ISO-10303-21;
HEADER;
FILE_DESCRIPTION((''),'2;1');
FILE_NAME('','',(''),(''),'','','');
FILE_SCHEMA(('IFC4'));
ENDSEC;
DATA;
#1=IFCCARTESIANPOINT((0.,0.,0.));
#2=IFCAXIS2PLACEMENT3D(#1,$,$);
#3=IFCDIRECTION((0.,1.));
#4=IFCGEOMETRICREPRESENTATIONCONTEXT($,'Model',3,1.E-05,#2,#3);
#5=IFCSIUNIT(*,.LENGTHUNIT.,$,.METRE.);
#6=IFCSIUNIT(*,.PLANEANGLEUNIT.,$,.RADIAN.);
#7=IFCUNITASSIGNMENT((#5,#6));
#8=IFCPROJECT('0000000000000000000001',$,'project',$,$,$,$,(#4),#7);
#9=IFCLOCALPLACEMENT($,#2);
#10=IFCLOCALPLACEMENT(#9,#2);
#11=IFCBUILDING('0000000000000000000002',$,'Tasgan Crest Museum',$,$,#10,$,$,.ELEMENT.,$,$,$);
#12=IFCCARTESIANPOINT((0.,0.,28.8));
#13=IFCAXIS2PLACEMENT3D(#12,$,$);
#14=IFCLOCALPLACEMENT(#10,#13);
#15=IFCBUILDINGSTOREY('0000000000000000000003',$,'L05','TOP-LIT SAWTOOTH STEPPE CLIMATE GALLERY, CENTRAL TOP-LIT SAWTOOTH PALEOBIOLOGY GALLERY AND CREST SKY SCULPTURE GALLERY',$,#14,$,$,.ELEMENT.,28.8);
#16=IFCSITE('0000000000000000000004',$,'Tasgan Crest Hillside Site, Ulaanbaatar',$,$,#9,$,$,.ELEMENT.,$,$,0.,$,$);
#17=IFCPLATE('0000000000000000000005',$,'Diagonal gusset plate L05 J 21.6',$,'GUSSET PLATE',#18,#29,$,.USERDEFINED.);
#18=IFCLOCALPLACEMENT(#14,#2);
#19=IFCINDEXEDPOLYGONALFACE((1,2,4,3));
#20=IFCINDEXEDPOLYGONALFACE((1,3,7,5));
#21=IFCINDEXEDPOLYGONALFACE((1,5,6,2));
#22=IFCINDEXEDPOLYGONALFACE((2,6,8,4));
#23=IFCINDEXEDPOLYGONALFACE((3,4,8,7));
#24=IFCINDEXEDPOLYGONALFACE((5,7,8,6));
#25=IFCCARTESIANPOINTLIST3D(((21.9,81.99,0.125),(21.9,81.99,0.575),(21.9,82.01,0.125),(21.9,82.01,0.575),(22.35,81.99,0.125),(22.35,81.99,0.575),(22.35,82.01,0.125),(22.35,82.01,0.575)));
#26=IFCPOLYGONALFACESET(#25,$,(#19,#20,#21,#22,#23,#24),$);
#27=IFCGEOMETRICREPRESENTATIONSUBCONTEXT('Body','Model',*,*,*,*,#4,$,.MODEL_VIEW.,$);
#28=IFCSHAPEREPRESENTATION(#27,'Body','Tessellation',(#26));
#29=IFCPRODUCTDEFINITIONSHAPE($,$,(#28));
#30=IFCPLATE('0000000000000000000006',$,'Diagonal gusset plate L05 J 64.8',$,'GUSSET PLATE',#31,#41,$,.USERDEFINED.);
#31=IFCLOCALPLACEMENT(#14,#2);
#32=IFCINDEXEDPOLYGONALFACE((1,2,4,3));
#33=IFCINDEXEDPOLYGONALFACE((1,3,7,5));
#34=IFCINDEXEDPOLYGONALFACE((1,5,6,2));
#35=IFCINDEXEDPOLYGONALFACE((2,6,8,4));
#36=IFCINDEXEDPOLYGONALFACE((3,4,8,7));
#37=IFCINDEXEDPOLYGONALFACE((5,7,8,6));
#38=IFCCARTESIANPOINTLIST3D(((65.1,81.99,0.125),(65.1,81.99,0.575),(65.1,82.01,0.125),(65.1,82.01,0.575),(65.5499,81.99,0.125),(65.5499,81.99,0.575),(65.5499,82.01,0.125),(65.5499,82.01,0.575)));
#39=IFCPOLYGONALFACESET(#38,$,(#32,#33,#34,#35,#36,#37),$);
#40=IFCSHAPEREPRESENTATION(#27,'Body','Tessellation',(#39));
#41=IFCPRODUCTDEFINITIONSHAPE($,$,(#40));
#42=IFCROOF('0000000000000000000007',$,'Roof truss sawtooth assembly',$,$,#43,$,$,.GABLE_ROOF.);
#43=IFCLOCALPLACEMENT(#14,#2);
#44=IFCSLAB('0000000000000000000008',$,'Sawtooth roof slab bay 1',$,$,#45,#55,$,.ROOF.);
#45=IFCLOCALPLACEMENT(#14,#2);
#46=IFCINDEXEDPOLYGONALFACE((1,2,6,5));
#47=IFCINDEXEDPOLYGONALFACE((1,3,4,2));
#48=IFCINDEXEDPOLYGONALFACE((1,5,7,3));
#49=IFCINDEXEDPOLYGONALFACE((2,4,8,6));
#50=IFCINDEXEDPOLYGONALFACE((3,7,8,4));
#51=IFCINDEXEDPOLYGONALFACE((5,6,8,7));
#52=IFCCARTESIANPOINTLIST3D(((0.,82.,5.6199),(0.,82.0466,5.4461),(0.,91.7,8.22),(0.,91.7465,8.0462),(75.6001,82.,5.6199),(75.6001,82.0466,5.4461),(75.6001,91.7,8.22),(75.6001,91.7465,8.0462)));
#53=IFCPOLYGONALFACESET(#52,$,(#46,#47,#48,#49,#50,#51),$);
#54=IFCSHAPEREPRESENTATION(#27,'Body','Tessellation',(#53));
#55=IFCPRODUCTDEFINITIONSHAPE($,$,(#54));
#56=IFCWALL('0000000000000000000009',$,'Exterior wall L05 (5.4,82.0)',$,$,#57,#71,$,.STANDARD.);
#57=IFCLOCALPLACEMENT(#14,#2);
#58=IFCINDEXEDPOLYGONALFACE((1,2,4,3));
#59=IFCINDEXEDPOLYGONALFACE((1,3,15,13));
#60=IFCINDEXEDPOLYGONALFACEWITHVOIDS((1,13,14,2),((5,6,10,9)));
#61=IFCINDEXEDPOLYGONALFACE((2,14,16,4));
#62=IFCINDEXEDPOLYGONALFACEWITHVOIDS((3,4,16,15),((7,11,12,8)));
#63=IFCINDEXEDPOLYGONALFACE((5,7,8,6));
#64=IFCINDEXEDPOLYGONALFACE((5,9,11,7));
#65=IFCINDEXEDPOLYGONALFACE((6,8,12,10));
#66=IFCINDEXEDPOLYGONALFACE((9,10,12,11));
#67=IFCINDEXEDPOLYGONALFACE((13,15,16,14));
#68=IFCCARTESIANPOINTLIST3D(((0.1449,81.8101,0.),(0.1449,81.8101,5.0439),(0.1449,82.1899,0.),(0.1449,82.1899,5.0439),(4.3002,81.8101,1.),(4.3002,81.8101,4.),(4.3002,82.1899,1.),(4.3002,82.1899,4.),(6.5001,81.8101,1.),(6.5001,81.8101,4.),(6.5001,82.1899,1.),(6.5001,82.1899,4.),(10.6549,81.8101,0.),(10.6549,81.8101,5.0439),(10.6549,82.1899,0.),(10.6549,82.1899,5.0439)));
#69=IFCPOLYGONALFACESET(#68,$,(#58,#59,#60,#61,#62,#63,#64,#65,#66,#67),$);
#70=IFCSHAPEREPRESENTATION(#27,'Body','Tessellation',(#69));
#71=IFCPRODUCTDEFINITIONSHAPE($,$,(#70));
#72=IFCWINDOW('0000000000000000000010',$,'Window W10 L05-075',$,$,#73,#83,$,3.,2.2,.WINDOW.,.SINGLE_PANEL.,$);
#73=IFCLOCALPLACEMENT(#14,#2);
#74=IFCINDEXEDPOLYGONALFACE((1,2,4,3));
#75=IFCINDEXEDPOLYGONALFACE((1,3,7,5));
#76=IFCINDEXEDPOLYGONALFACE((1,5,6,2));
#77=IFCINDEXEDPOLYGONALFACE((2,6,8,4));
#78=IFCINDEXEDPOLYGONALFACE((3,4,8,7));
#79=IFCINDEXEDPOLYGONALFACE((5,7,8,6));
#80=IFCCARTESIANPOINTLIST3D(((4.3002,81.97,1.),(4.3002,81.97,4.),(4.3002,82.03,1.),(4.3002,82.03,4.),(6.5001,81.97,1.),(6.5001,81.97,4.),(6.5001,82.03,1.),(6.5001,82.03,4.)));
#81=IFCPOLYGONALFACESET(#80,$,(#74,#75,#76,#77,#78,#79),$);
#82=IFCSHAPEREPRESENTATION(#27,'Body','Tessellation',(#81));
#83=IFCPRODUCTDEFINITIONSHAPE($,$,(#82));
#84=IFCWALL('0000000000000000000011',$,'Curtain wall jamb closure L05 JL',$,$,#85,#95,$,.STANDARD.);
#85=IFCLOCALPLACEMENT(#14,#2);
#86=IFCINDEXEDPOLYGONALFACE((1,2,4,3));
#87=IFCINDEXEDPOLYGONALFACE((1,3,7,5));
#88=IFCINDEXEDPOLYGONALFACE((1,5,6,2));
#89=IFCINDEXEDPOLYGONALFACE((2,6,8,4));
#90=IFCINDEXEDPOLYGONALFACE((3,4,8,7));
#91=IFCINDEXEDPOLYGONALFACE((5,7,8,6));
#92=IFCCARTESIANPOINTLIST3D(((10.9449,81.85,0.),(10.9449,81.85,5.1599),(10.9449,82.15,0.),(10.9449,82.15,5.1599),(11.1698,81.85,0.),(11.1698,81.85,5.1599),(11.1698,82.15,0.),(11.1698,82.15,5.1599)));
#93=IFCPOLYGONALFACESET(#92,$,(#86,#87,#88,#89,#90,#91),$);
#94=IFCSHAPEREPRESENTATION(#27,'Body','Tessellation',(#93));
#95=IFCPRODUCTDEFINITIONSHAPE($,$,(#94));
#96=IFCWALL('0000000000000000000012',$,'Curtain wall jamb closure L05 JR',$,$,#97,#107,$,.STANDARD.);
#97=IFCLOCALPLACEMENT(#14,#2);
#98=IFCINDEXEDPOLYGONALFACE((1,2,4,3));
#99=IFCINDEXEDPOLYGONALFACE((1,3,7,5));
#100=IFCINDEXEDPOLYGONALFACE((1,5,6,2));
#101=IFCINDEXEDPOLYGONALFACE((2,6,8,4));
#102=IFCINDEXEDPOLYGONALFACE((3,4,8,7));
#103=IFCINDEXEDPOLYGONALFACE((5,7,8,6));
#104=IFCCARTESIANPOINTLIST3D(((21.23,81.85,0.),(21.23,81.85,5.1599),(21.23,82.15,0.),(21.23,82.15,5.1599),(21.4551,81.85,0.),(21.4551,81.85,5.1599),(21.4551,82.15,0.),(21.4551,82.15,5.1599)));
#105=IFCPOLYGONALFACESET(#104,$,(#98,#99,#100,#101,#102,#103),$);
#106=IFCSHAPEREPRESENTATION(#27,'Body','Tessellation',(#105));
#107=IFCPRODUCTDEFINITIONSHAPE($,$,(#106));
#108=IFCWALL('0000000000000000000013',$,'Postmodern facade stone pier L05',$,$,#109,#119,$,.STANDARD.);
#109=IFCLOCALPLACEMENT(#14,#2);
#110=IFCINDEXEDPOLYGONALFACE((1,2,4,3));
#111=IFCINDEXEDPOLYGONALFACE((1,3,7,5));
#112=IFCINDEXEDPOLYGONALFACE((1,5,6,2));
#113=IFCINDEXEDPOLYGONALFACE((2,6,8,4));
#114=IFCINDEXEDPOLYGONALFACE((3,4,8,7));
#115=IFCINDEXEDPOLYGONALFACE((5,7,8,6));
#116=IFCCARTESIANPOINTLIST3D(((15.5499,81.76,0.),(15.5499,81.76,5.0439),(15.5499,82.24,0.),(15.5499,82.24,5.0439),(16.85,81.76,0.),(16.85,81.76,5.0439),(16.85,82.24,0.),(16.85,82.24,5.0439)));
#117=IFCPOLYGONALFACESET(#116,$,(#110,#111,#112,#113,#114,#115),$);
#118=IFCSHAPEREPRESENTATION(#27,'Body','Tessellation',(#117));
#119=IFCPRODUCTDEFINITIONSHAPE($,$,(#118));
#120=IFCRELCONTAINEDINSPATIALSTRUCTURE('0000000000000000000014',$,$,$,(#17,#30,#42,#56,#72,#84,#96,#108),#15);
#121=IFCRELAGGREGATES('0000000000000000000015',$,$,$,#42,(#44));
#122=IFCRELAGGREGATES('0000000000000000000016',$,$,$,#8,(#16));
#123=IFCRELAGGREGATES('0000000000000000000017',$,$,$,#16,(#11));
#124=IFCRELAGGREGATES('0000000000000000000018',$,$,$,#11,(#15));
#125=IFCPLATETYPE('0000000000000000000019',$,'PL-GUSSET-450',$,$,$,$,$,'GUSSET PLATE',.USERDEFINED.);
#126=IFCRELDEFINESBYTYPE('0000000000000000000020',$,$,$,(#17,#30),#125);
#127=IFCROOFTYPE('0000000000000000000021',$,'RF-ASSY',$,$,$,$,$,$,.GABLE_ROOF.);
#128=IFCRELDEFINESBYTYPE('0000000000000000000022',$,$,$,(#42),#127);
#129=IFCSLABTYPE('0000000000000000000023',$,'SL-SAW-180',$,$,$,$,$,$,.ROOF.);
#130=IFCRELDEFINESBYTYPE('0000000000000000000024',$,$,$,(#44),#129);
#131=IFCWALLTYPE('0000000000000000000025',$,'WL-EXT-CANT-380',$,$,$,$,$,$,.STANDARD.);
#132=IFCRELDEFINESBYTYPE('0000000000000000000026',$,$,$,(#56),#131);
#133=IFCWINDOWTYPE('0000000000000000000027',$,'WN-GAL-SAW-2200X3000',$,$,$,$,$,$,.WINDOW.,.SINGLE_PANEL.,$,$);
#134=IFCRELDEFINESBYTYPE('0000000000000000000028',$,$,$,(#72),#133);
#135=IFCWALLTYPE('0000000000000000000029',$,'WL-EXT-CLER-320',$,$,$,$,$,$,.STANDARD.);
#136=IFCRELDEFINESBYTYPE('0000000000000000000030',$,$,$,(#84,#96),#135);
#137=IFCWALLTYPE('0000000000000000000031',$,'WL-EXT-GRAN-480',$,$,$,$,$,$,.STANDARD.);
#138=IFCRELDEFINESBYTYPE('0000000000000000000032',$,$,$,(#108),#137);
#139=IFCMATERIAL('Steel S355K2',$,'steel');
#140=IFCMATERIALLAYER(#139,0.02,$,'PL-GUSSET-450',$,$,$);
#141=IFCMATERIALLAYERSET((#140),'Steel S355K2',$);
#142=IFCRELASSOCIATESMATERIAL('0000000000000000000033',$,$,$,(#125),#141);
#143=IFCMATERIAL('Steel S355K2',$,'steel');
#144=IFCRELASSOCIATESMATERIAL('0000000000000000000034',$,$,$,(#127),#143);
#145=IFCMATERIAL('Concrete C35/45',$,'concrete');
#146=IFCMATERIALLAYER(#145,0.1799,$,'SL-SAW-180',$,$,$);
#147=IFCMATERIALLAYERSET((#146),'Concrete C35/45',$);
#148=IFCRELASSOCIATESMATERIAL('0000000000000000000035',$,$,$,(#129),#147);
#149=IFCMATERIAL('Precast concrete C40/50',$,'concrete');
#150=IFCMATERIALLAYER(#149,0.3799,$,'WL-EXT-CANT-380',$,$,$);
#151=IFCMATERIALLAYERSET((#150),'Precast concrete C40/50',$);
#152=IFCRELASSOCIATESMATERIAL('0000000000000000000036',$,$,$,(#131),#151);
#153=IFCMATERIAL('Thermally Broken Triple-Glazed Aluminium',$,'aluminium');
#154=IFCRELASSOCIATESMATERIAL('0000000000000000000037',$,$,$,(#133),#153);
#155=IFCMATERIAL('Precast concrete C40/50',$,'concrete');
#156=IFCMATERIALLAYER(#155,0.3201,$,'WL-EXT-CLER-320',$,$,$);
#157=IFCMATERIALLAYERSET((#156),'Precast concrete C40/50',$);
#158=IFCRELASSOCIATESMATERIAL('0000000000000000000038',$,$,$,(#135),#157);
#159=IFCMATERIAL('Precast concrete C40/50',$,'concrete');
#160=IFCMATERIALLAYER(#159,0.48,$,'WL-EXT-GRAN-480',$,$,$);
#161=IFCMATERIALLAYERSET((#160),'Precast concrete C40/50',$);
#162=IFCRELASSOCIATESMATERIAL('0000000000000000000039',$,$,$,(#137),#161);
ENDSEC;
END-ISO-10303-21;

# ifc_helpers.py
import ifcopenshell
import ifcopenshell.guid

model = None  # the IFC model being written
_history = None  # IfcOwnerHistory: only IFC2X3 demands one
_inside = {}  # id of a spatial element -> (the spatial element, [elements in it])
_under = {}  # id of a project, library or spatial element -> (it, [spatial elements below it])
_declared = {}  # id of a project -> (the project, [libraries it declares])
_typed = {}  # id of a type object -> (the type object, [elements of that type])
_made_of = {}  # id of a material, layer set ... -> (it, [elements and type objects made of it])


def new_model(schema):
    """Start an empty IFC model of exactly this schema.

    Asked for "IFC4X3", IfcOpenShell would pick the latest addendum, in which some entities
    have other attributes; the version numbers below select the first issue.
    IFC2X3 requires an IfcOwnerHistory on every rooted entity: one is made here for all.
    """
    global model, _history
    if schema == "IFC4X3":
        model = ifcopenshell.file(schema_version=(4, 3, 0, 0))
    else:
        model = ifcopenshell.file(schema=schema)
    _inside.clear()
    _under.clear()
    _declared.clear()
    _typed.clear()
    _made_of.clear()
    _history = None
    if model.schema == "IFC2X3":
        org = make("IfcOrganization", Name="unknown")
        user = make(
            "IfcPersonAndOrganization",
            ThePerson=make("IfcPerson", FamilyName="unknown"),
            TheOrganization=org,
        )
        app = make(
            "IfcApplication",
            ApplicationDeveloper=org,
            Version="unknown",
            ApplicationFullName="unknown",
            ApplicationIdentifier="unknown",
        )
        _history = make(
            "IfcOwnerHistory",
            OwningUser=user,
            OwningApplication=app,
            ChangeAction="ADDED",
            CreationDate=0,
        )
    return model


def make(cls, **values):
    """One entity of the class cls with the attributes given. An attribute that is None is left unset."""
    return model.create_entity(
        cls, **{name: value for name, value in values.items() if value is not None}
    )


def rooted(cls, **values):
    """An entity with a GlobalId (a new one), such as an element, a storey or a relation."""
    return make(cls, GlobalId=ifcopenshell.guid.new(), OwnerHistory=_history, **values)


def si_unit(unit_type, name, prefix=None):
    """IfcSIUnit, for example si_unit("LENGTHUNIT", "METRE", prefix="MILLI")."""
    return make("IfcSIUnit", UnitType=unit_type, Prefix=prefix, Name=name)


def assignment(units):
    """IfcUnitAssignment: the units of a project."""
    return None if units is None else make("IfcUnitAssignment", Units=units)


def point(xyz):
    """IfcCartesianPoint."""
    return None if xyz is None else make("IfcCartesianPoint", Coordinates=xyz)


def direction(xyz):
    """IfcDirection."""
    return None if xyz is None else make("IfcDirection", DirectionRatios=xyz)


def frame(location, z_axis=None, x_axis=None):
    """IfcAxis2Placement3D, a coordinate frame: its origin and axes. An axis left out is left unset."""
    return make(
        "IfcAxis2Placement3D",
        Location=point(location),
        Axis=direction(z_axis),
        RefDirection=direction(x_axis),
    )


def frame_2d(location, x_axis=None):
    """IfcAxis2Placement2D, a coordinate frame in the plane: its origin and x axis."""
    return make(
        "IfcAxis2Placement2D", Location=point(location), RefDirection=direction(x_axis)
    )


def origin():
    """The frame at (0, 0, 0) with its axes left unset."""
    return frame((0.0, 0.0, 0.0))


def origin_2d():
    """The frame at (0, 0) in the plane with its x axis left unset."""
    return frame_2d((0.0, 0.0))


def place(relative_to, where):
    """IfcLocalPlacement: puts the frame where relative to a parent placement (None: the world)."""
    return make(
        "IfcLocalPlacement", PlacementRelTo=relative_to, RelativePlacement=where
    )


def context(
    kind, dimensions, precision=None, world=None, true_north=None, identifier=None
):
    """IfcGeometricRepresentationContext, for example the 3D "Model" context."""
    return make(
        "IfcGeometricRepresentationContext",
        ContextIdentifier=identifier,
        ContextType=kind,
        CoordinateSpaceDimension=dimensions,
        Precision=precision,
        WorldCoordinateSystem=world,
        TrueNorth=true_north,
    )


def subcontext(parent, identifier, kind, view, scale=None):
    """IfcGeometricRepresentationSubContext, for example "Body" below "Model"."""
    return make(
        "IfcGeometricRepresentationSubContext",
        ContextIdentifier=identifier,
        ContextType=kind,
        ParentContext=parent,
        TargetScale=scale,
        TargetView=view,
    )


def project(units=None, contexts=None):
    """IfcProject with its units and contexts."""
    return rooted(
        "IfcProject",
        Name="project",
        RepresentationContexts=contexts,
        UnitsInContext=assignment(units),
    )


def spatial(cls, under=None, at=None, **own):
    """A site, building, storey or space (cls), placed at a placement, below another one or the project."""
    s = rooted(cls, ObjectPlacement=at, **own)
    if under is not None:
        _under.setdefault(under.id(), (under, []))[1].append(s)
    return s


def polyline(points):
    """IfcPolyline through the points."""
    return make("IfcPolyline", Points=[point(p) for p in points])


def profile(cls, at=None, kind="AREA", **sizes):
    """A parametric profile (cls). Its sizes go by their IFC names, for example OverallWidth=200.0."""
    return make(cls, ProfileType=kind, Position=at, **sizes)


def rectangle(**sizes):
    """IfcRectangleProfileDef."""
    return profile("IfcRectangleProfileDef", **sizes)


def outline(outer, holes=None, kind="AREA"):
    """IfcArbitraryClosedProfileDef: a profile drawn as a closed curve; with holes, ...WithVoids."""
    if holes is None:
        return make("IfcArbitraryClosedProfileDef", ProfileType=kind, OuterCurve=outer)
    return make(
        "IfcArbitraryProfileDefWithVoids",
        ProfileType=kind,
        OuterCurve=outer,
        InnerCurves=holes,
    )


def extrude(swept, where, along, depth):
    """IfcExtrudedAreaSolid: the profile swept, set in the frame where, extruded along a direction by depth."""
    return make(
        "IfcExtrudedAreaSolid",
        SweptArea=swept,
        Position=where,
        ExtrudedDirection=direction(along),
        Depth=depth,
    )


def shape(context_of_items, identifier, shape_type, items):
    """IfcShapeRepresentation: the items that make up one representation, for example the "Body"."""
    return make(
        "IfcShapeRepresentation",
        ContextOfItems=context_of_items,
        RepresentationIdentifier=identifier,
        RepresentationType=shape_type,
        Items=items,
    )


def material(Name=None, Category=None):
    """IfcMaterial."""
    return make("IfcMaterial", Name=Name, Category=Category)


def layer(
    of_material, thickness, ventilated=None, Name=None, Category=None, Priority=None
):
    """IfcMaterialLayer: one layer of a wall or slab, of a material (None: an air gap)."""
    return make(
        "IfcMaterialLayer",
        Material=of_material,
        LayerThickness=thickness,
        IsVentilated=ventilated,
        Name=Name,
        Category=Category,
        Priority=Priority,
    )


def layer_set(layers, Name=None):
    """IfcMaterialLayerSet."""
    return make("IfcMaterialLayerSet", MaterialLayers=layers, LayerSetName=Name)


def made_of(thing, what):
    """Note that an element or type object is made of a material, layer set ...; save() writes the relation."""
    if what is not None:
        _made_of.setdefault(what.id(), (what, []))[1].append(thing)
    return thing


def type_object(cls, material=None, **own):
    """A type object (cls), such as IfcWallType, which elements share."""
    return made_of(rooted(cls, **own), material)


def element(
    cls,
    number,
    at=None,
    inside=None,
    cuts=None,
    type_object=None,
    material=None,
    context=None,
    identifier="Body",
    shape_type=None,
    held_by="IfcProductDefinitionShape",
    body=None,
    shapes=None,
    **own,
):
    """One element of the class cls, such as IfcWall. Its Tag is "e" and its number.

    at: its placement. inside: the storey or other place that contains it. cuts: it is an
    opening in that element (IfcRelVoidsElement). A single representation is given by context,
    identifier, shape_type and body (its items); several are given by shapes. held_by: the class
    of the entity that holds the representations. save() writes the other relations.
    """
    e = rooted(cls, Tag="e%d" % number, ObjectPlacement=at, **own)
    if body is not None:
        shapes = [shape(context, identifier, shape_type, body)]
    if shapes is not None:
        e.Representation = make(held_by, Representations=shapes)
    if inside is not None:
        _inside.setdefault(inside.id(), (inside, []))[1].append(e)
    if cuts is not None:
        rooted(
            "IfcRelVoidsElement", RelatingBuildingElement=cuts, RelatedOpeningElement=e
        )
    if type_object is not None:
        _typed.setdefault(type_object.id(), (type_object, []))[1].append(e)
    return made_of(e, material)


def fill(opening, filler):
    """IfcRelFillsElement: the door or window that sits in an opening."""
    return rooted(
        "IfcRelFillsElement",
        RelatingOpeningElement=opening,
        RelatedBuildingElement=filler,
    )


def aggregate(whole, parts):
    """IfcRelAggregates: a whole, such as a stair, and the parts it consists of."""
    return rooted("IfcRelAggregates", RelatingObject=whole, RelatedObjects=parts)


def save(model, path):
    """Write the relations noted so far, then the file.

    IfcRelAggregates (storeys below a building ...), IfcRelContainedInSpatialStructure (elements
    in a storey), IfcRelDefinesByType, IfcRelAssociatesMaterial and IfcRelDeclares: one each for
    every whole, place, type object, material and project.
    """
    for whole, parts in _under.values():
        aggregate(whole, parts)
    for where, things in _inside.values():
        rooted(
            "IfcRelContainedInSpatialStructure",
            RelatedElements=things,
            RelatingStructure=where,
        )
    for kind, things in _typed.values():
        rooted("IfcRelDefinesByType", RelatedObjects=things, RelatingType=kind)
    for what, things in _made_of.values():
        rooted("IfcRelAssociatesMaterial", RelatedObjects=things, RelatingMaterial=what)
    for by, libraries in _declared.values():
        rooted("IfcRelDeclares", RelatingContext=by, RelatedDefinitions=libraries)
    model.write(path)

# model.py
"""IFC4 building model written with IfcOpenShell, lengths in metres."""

from ifc_helpers import new_model, si_unit, direction, frame, frame_2d, origin, origin_2d, place, context, subcontext, project, spatial, polyline, rectangle, outline, extrude, material, layer, layer_set, type_object, element, fill, aggregate, save


model = new_model("IFC4")

# Units and contexts
model_context = context("Model", 3, precision=1e-05, world=origin(), true_north=direction((0.0, 1.0)))
body_context = subcontext(model_context, "Body", "Model", "MODEL_VIEW")
ifc_project = project(units=[si_unit("LENGTHUNIT", "METRE"), si_unit("PLANEANGLEUNIT", "RADIAN")], contexts=[model_context])

# Site, building, storey
site_placement = place(None, origin())
site = spatial("IfcSite", under=ifc_project, at=site_placement, Name="Tasgan Crest Hillside Site, Ulaanbaatar", CompositionType="ELEMENT", RefElevation=0.0)
building_placement = place(site_placement, origin())
building = spatial("IfcBuilding", under=site, at=building_placement, Name="Tasgan Crest Museum", CompositionType="ELEMENT")
storey_placement = place(building_placement, frame((0.0, 0.0, 28.8)))
storey = spatial("IfcBuildingStorey", under=building, at=storey_placement, Name="L05", Description="TOP-LIT SAWTOOTH STEPPE CLIMATE GALLERY, CENTRAL TOP-LIT SAWTOOTH PALEOBIOLOGY GALLERY AND CREST SKY SCULPTURE GALLERY", CompositionType="ELEMENT", Elevation=28.8)

# Plates
ifc_material_1 = material(Name="Steel S355K2", Category="steel")
ifc_layer_1 = layer(ifc_material_1, 0.02, Name="PL-GUSSET-450")
ifc_layer_set_1 = layer_set([ifc_layer_1], Name="Steel S355K2")
plate_type_1 = type_object("IfcPlateType", Name="PL-GUSSET-450", ElementType="GUSSET PLATE", PredefinedType="USERDEFINED", material=ifc_layer_set_1)
for number, where, z_axis, x_axis, name in (
    (1, (22.125, 82.0, 0.125), (0.0, 0.0, 1.0), (1.0, 0.0, 0.0), "Diagonal gusset plate L05 J 21.6"),
    (2, (65.325, 82.0, 0.125), (0.0, 0.0, 1.0), (1.0, 0.0, 0.0), "Diagonal gusset plate L05 J 64.8"),
):
    element("IfcPlate", number, at=place(storey_placement, frame(where, z_axis=z_axis, x_axis=x_axis)), inside=storey, type_object=plate_type_1, Name=name, ObjectType="GUSSET PLATE", PredefinedType="USERDEFINED", context=body_context, shape_type="SweptSolid", body=[
        extrude(rectangle(XDim=0.45, YDim=0.02, at=origin_2d()), origin(), (0.0, 0.0, 1.0), 0.45),
    ])

# Roof, slab
ifc_material_2 = material(Name="Steel S355K2", Category="steel")
roof_type = type_object("IfcRoofType", Name="RF-ASSY", PredefinedType="GABLE_ROOF", material=ifc_material_2)
roof_placement = place(storey_placement, origin())
roof = element("IfcRoof", 3, at=roof_placement, inside=storey, type_object=roof_type, Name="Roof truss sawtooth assembly", PredefinedType="GABLE_ROOF")
ifc_material_3 = material(Name="Concrete C35/45", Category="concrete")
ifc_layer_2 = layer(ifc_material_3, 0.1799, Name="SL-SAW-180")
ifc_layer_set_2 = layer_set([ifc_layer_2], Name="Concrete C35/45")
slab_type = type_object("IfcSlabType", Name="SL-SAW-180", PredefinedType="ROOF", material=ifc_layer_set_2)
slab_placement = place(storey_placement, frame((0.0, 82.0, 5.6199), z_axis=(0.0, -0.258912, 0.965901), x_axis=(1.0, 0.0, 0.0)))
slab = element("IfcSlab", 4, at=slab_placement, type_object=slab_type, Name="Sawtooth roof slab bay 1", PredefinedType="ROOF", context=body_context, shape_type="SweptSolid", body=[
    extrude(outline(polyline([(0.0, 0.0), (75.6001, 0.0), (75.6001, 10.0424), (0.0, 10.0424), (0.0, 0.0)])), origin(), (0.0, 0.0, -1.0), 0.1799),
])
aggregate(roof, [slab])

# Wall, opening, window
ifc_material_4 = material(Name="Precast concrete C40/50", Category="concrete")
ifc_layer_3 = layer(ifc_material_4, 0.3799, Name="WL-EXT-CANT-380")
ifc_layer_set_3 = layer_set([ifc_layer_3], Name="Precast concrete C40/50")
wall_type_1 = type_object("IfcWallType", Name="WL-EXT-CANT-380", PredefinedType="STANDARD", material=ifc_layer_set_3)
wall_1_placement = place(storey_placement, frame((0.145, 82.0, 0.0), z_axis=(0.0, 0.0, 1.0), x_axis=(1.0, 0.0, 0.0)))
wall_1 = element("IfcWall", 5, at=wall_1_placement, inside=storey, type_object=wall_type_1, Name="Exterior wall L05 (5.4,82.0)", PredefinedType="STANDARD", context=body_context, shape_type="SweptSolid", body=[
    extrude(rectangle(XDim=10.51, YDim=0.3799, at=frame_2d((5.2549, 0.0))), origin(), (0.0, 0.0, 1.0), 5.0439),
])
opening_placement = place(wall_1_placement, frame((4.155, 0.0, 1.0)))
opening = element("IfcOpeningElement", 6, at=opening_placement, cuts=wall_1, PredefinedType="OPENING", context=body_context, shape_type="SweptSolid", body=[
    extrude(rectangle(XDim=2.2, YDim=3.0, at=frame_2d((1.1001, 1.5))), frame((0.0, 0.2, 0.0), z_axis=(0.0, -1.0, 0.0), x_axis=(1.0, 0.0, 0.0)), (0.0, 0.0, 1.0), 0.3999),
])
ifc_material_5 = material(Name="Thermally Broken Triple-Glazed Aluminium", Category="aluminium")
window_type = type_object("IfcWindowType", Name="WN-GAL-SAW-2200X3000", PartitioningType="SINGLE_PANEL", PredefinedType="WINDOW", material=ifc_material_5)
window_placement = place(opening_placement, origin())
window = element("IfcWindow", 7, at=window_placement, inside=storey, type_object=window_type, Name="Window W10 L05-075", OverallHeight=3.0, OverallWidth=2.2, PartitioningType="SINGLE_PANEL", PredefinedType="WINDOW", context=body_context, shape_type="SweptSolid", body=[
    extrude(rectangle(XDim=2.2, YDim=3.0, at=frame_2d((1.1001, 1.5))), frame((0.0, 0.03, 0.0), z_axis=(0.0, -1.0, 0.0), x_axis=(1.0, 0.0, 0.0)), (0.0, 0.0, 1.0), 0.0601),
])
fill(opening, window)

# Walls
ifc_material_6 = material(Name="Precast concrete C40/50", Category="concrete")
ifc_layer_4 = layer(ifc_material_6, 0.3201, Name="WL-EXT-CLER-320")
ifc_layer_set_4 = layer_set([ifc_layer_4], Name="Precast concrete C40/50")
wall_type_2 = type_object("IfcWallType", Name="WL-EXT-CLER-320", PredefinedType="STANDARD", material=ifc_layer_set_4)
wall_2_placement = place(storey_placement, frame((10.9451, 82.0, 0.0), z_axis=(0.0, 0.0, 1.0), x_axis=(1.0, 0.0, 0.0)))
element("IfcWall", 8, at=wall_2_placement, inside=storey, type_object=wall_type_2, Name="Curtain wall jamb closure L05 JL", PredefinedType="STANDARD", context=body_context, shape_type="SweptSolid", body=[
    extrude(rectangle(XDim=0.2249, YDim=0.3, at=frame_2d((0.1123, 0.0))), origin(), (0.0, 0.0, 1.0), 5.1599),
])
wall_3_placement = place(storey_placement, frame((21.23, 82.0, 0.0), z_axis=(0.0, 0.0, 1.0), x_axis=(1.0, 0.0, 0.0)))
element("IfcWall", 9, at=wall_3_placement, inside=storey, type_object=wall_type_2, Name="Curtain wall jamb closure L05 JR", PredefinedType="STANDARD", context=body_context, shape_type="SweptSolid", body=[
    extrude(rectangle(XDim=0.2251, YDim=0.3, at=frame_2d((0.1125, 0.0))), origin(), (0.0, 0.0, 1.0), 5.1599),
])
ifc_material_7 = material(Name="Precast concrete C40/50", Category="concrete")
ifc_layer_5 = layer(ifc_material_7, 0.48, Name="WL-EXT-GRAN-480")
ifc_layer_set_5 = layer_set([ifc_layer_5], Name="Precast concrete C40/50")
wall_type_3 = type_object("IfcWallType", Name="WL-EXT-GRAN-480", PredefinedType="STANDARD", material=ifc_layer_set_5)
wall_4_placement = place(storey_placement, frame((15.55, 82.0, 0.0), z_axis=(0.0, 0.0, 1.0), x_axis=(1.0, 0.0, 0.0)))
element("IfcWall", 10, at=wall_4_placement, inside=storey, type_object=wall_type_3, Name="Postmodern facade stone pier L05", PredefinedType="STANDARD", context=body_context, shape_type="SweptSolid", body=[
    extrude(rectangle(XDim=1.3, YDim=0.48, at=frame_2d((0.6499, 0.0))), origin(), (0.0, 0.0, 1.0), 5.0439),
])

save(model, "model.ifc")
